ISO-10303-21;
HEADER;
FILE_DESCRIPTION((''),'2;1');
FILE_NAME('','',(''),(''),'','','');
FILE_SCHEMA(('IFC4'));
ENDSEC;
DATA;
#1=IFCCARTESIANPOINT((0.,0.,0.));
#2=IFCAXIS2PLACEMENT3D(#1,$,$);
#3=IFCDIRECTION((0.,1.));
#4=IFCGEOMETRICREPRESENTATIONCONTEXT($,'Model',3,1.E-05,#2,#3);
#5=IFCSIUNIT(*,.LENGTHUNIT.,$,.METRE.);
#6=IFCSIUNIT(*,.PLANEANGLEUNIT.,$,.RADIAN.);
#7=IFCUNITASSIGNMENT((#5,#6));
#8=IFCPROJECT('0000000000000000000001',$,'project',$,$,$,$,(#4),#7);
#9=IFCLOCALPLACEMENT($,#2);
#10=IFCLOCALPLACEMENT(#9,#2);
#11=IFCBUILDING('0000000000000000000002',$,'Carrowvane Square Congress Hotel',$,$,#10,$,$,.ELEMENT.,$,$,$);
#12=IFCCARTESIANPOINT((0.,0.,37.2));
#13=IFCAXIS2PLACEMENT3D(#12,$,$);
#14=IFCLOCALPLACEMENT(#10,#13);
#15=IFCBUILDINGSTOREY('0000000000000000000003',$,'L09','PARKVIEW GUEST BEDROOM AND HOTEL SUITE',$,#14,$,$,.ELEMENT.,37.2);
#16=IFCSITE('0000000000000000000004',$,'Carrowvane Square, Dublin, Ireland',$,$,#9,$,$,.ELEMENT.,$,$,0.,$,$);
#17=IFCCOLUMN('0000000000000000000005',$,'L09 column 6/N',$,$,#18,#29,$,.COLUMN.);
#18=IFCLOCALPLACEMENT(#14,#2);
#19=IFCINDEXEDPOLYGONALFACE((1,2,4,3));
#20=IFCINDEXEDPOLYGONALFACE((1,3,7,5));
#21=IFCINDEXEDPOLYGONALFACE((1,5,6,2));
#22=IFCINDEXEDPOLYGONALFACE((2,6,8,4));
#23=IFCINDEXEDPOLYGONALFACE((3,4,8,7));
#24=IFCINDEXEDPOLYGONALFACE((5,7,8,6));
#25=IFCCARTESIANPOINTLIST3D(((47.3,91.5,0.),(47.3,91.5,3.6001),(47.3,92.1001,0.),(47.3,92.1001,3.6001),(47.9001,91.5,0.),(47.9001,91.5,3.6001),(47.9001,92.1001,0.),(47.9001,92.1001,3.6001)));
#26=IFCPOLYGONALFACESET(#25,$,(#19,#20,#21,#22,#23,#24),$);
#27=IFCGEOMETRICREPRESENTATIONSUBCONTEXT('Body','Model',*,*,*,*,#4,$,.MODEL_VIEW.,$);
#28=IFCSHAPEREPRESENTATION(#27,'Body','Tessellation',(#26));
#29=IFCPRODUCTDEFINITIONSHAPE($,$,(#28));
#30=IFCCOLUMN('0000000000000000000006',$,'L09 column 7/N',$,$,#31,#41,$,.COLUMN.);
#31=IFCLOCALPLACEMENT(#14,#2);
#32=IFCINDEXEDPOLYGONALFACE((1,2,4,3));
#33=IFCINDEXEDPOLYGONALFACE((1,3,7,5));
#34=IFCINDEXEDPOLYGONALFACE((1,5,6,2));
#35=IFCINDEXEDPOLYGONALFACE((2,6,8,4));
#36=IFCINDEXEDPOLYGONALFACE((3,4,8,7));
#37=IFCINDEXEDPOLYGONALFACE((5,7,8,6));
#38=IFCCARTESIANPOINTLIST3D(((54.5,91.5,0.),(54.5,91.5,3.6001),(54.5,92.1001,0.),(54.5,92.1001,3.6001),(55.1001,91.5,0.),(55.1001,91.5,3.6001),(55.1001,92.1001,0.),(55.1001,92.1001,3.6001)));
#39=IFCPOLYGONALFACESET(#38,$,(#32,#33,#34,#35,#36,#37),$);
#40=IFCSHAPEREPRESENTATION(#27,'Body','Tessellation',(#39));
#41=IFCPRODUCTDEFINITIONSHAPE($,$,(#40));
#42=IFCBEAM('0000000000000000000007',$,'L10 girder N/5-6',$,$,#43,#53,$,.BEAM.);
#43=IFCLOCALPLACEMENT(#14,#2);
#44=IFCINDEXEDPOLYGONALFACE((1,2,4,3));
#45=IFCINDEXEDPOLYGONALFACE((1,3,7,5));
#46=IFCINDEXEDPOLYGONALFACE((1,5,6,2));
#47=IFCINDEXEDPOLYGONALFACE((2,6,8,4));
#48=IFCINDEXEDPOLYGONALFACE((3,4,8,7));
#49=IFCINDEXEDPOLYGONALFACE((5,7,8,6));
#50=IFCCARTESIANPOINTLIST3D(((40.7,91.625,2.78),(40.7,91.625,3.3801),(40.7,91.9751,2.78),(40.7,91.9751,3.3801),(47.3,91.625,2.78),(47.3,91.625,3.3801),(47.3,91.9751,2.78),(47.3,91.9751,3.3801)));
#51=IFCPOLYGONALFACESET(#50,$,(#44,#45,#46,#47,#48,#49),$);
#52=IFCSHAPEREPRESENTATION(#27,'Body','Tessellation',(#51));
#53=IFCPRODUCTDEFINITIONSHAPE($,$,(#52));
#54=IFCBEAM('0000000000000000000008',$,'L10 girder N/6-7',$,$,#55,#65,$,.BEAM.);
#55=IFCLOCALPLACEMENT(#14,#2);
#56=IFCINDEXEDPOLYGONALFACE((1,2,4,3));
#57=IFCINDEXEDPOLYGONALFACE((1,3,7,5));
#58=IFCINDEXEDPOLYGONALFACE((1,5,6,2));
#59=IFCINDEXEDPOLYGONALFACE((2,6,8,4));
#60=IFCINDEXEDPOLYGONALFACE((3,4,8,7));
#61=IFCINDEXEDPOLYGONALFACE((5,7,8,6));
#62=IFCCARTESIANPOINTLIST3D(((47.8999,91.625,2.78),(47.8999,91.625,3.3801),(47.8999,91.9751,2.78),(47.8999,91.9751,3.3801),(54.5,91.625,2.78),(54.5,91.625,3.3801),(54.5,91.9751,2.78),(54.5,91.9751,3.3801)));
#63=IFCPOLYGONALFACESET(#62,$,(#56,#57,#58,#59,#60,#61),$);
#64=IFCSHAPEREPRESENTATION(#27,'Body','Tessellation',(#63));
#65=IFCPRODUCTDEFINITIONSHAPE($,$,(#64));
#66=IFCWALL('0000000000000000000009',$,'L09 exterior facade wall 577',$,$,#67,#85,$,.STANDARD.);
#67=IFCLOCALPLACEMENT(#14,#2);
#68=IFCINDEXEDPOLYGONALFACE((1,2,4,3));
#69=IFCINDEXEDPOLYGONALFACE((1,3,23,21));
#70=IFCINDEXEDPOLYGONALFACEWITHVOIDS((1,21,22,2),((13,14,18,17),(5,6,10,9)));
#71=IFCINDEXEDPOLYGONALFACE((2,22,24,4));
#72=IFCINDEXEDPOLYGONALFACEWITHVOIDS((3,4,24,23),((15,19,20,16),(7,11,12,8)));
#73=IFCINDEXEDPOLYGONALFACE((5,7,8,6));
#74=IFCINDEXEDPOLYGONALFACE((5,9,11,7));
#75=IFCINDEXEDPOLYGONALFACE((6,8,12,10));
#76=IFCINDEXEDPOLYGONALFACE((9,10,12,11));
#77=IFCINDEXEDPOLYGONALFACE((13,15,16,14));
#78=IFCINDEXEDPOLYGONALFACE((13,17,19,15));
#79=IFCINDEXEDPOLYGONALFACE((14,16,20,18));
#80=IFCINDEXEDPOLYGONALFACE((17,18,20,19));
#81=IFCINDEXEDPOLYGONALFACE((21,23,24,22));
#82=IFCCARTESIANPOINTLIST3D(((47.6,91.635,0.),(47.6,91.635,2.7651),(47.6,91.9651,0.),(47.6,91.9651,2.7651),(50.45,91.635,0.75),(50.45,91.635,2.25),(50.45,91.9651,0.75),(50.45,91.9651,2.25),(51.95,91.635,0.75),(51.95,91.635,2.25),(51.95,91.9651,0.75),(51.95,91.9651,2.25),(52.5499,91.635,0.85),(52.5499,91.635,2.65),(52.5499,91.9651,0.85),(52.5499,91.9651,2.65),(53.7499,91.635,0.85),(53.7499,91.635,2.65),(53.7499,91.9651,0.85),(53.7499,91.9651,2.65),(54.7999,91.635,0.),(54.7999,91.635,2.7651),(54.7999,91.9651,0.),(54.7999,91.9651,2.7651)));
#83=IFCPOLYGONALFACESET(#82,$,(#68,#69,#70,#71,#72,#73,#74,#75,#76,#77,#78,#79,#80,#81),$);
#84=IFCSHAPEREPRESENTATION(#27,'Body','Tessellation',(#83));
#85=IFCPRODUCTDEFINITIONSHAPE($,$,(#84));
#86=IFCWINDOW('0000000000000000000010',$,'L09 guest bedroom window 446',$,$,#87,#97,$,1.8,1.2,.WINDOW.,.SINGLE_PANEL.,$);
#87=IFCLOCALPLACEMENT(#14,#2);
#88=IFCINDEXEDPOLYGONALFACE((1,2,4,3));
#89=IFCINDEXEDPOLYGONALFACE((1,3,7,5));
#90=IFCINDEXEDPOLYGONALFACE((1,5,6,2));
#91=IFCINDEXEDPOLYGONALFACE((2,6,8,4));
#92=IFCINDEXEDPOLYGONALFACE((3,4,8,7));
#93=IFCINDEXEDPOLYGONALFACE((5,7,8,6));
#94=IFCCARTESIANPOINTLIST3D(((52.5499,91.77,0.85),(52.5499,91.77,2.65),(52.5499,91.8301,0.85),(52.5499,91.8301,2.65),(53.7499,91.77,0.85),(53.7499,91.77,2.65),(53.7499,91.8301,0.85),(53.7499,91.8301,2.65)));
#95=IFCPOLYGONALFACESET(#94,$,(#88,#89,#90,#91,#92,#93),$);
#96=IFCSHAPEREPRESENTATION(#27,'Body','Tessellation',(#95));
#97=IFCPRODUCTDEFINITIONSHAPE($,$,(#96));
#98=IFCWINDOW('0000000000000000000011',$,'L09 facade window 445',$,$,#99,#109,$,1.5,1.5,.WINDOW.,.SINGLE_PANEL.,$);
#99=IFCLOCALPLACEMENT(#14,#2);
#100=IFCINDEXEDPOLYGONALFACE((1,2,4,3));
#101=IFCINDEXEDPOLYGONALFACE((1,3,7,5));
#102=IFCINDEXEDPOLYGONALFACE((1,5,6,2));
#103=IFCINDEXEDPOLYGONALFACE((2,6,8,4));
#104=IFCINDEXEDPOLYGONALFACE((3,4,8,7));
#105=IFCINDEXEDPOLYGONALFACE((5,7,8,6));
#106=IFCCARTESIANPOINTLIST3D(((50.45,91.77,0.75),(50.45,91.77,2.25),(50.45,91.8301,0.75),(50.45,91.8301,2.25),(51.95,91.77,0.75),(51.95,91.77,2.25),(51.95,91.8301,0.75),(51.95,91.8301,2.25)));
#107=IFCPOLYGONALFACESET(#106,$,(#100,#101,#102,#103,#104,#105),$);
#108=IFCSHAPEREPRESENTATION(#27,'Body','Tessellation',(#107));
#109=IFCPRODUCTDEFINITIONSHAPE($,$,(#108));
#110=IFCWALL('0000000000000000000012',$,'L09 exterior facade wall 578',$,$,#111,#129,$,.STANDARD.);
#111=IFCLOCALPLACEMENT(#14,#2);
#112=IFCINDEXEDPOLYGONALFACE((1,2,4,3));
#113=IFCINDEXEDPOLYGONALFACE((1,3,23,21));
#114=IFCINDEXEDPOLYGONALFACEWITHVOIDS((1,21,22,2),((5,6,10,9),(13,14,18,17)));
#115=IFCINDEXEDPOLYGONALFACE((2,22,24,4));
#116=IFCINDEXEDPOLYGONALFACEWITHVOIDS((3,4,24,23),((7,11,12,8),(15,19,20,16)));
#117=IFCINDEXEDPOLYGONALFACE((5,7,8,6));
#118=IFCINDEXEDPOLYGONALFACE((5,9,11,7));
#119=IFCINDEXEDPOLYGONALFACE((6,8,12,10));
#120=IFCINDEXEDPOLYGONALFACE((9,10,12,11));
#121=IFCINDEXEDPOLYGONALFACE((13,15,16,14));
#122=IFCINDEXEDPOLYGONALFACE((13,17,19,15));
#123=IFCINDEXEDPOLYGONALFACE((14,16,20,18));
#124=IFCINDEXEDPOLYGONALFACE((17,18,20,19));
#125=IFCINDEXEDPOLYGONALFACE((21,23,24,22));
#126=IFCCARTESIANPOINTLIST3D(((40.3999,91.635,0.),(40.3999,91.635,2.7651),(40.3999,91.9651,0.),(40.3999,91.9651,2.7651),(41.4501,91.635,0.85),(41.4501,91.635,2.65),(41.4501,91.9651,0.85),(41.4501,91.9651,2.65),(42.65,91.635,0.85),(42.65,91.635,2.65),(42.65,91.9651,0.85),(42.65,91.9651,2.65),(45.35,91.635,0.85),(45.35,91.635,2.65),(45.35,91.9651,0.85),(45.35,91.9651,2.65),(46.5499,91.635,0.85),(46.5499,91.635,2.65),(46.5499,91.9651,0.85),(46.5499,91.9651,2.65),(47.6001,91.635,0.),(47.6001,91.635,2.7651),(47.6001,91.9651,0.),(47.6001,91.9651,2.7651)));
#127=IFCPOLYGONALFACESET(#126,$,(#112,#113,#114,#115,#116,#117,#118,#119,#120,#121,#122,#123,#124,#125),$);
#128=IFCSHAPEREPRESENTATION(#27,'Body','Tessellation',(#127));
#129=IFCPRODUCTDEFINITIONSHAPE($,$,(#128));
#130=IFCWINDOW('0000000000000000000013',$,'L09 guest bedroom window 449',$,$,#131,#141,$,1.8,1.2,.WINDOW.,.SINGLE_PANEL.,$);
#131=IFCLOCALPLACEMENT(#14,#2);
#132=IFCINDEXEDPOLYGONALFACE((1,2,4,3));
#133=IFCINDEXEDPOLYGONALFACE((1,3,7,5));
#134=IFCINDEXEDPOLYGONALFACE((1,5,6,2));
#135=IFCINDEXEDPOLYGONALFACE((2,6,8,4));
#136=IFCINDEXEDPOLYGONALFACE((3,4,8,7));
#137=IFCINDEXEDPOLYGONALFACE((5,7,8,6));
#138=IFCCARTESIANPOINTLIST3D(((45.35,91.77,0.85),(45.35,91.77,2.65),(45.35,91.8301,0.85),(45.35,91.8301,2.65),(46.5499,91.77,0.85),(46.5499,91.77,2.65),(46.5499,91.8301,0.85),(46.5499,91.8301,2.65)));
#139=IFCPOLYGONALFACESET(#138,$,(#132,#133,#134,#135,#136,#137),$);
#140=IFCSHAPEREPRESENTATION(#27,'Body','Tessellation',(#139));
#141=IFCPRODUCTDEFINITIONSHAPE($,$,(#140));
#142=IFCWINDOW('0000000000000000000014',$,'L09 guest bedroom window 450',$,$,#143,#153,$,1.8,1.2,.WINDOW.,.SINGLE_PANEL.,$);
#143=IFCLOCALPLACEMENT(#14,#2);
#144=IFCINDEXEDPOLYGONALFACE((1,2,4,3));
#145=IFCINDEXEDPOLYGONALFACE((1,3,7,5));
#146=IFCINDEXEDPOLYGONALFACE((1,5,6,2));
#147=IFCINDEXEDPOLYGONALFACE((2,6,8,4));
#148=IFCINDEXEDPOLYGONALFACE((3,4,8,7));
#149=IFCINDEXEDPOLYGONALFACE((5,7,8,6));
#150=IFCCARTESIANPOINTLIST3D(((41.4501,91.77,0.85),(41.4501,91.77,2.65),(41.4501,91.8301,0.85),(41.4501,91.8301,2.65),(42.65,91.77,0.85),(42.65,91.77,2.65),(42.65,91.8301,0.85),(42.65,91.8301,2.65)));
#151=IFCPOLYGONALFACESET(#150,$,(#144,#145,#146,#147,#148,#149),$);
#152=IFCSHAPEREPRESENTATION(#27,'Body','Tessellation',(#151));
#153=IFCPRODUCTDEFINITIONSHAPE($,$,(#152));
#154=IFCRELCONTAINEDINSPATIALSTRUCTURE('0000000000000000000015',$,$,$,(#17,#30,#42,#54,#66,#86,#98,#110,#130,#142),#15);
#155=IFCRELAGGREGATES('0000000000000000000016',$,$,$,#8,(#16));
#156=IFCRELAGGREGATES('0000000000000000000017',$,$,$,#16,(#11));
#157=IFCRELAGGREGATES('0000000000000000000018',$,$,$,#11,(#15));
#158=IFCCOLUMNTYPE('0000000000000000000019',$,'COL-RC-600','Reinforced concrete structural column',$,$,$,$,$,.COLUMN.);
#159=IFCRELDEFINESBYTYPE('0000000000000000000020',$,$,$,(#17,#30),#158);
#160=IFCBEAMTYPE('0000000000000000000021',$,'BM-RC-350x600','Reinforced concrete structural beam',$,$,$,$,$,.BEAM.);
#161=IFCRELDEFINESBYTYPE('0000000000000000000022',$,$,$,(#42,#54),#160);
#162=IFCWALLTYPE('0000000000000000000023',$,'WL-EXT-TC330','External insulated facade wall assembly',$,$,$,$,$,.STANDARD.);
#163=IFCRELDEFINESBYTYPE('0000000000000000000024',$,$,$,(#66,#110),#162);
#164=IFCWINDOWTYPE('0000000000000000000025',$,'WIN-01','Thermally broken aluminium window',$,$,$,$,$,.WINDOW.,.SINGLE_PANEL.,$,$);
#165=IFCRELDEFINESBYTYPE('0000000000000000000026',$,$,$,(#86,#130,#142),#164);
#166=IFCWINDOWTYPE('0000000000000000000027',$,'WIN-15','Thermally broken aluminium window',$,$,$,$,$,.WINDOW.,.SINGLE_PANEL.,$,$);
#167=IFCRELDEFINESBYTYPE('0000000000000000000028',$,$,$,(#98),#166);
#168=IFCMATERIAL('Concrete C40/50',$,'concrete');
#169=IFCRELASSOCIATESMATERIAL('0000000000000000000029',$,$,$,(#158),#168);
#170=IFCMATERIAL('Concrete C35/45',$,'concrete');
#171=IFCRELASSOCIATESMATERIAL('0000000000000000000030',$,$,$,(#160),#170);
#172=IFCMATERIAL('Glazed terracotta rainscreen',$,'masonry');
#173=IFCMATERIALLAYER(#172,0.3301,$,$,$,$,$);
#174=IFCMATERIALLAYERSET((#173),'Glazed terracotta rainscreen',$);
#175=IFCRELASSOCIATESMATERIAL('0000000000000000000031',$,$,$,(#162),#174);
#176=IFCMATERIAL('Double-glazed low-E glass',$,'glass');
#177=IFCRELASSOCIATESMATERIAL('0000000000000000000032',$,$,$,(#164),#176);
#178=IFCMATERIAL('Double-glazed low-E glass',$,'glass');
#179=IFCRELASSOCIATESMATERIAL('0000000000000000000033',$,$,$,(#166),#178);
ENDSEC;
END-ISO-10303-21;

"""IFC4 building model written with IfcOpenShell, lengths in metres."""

from ifc_helpers import new_model, si_unit, direction, frame, frame_2d, origin, origin_2d, place, context, subcontext, project, spatial, rectangle, extrude, material, layer, layer_set, material_profile, profile_set, type_object, element, fill, save


model = new_model("IFC4")

# Units and contexts
model_context = context("Model", 3, precision=1e-05, world=origin(), true_north=direction((0.0, 1.0)))
body_context = subcontext(model_context, "Body", "Model", "MODEL_VIEW")
ifc_project = project(units=[si_unit("LENGTHUNIT", "METRE"), si_unit("PLANEANGLEUNIT", "RADIAN")], contexts=[model_context])

# Site, building, storey
site_placement = place(None, origin())
site = spatial("IfcSite", under=ifc_project, at=site_placement, Name="Carrowvane Square, Dublin, Ireland", CompositionType="ELEMENT", RefElevation=0.0)
building_placement = place(site_placement, origin())
building = spatial("IfcBuilding", under=site, at=building_placement, Name="Carrowvane Square Congress Hotel", CompositionType="ELEMENT")
storey_placement = place(building_placement, frame((0.0, 0.0, 37.2)))
storey = spatial("IfcBuildingStorey", under=building, at=storey_placement, Name="L09", Description="PARKVIEW GUEST BEDROOM AND HOTEL SUITE", CompositionType="ELEMENT", Elevation=37.2)

# Columns
ifc_material_1 = material(Name="Concrete C40/50", Category="concrete")
ifc_material_profile_1 = material_profile(ifc_material_1, rectangle(XDim=0.6001, YDim=0.6001, at=origin_2d()), Name="RC 600x600")
ifc_profile_set_1 = profile_set([ifc_material_profile_1], Name="Concrete C40/50")
column_type = type_object("IfcColumnType", Name="COL-RC-600", Description="Reinforced concrete structural column", PredefinedType="COLUMN", material=ifc_profile_set_1)
for number, where, z_axis, x_axis, name in (
    (1, (47.6001, 91.8, 0.0), (0.0, 0.0, 1.0), (1.0, 0.0, 0.0), "L09 column 6/N"),
    (2, (54.8, 91.8, 0.0), (0.0, 0.0, 1.0), (1.0, 0.0, 0.0), "L09 column 7/N"),
):
    element("IfcColumn", number, at=place(storey_placement, frame(where, z_axis=z_axis, x_axis=x_axis)), inside=storey, type_object=column_type, Name=name, PredefinedType="COLUMN", context=body_context, shape_type="SweptSolid", body=[
        extrude(rectangle(XDim=0.6001, YDim=0.6001, at=origin_2d()), origin(), (0.0, 0.0, 1.0), 3.6001),
    ])

# Beams
ifc_material_2 = material(Name="Concrete C35/45", Category="concrete")
ifc_material_profile_2 = material_profile(ifc_material_2, rectangle(XDim=0.3501, YDim=0.6001, at=origin_2d()), Name="RC 350x600")
ifc_profile_set_2 = profile_set([ifc_material_profile_2], Name="Concrete C35/45")
beam_type = type_object("IfcBeamType", Name="BM-RC-350x600", Description="Reinforced concrete structural beam", PredefinedType="BEAM", material=ifc_profile_set_2)
for number, where, z_axis, x_axis, name in (
    (3, (40.7, 91.8, 3.0801), (1.0, 0.0, 0.0), (0.0, 1.0, 0.0), "L10 girder N/5-6"),
    (4, (47.8999, 91.8, 3.0801), (1.0, 0.0, 0.0), (0.0, 1.0, 0.0), "L10 girder N/6-7"),
):
    element("IfcBeam", number, at=place(storey_placement, frame(where, z_axis=z_axis, x_axis=x_axis)), inside=storey, type_object=beam_type, Name=name, PredefinedType="BEAM", context=body_context, shape_type="SweptSolid", body=[
        extrude(rectangle(XDim=0.3501, YDim=0.6001, at=origin_2d()), origin(), (0.0, 0.0, 1.0), 6.6001),
    ])

# Walls, openings, windows
ifc_material_3 = material(Name="Glazed terracotta rainscreen", Category="masonry")
ifc_layer = layer(ifc_material_3, 0.3301)
ifc_layer_set = layer_set([ifc_layer], Name="Glazed terracotta rainscreen")
wall_type = type_object("IfcWallType", Name="WL-EXT-TC330", Description="External insulated facade wall assembly", PredefinedType="STANDARD", material=ifc_layer_set)
wall_1_placement = place(storey_placement, frame((54.8, 91.8, 0.0), z_axis=(0.0, 0.0, 1.0), x_axis=(-1.0, 0.0, 0.0)))
wall_1 = element("IfcWall", 5, at=wall_1_placement, inside=storey, type_object=wall_type, Name="L09 exterior facade wall 577", PredefinedType="STANDARD", context=body_context, shape_type="SweptSolid", body=[
    extrude(rectangle(XDim=7.2, YDim=0.3301, at=frame_2d((3.6001, 0.0))), origin(), (0.0, 0.0, 1.0), 2.7651),
])
opening_1_placement = place(wall_1_placement, frame((2.8501, 0.0, 0.75)))
opening_1 = element("IfcOpeningElement", 6, at=opening_1_placement, cuts=wall_1, PredefinedType="OPENING", context=body_context, shape_type="SweptSolid", body=[
    extrude(rectangle(XDim=1.5, YDim=1.5, at=frame_2d((0.75, 0.75))), frame((0.0, 0.175, 0.0), z_axis=(0.0, -1.0, 0.0), x_axis=(1.0, 0.0, 0.0)), (0.0, 0.0, 1.0), 0.3501),
])
opening_2_placement = place(wall_1_placement, frame((1.05, 0.0, 0.8501)))
opening_2 = element("IfcOpeningElement", 7, at=opening_2_placement, cuts=wall_1, PredefinedType="OPENING", context=body_context, shape_type="SweptSolid", body=[
    extrude(rectangle(XDim=1.2, YDim=1.8, at=frame_2d((0.6001, 0.8999))), frame((0.0, 0.175, 0.0), z_axis=(0.0, -1.0, 0.0), x_axis=(1.0, 0.0, 0.0)), (0.0, 0.0, 1.0), 0.3501),
])
ifc_material_4 = material(Name="Double-glazed low-E glass", Category="glass")
window_type_1 = type_object("IfcWindowType", Name="WIN-01", Description="Thermally broken aluminium window", PartitioningType="SINGLE_PANEL", PredefinedType="WINDOW", material=ifc_material_4)
window_1_placement = place(opening_2_placement, origin())
window_1 = element("IfcWindow", 8, at=window_1_placement, inside=storey, type_object=window_type_1, Name="L09 guest bedroom window 446", OverallHeight=1.8, OverallWidth=1.2, PartitioningType="SINGLE_PANEL", PredefinedType="WINDOW", context=body_context, shape_type="SweptSolid", body=[
    extrude(rectangle(XDim=1.2, YDim=1.8, at=frame_2d((0.6001, 0.8999))), frame((0.0, 0.03, 0.0), z_axis=(0.0, -1.0, 0.0), x_axis=(1.0, 0.0, 0.0)), (0.0, 0.0, 1.0), 0.0601),
])
fill(opening_2, window_1)
ifc_material_5 = material(Name="Double-glazed low-E glass", Category="glass")
window_type_2 = type_object("IfcWindowType", Name="WIN-15", Description="Thermally broken aluminium window", PartitioningType="SINGLE_PANEL", PredefinedType="WINDOW", material=ifc_material_5)
window_2_placement = place(opening_1_placement, origin())
window_2 = element("IfcWindow", 9, at=window_2_placement, inside=storey, type_object=window_type_2, Name="L09 facade window 445", OverallHeight=1.5, OverallWidth=1.5, PartitioningType="SINGLE_PANEL", PredefinedType="WINDOW", context=body_context, shape_type="SweptSolid", body=[
    extrude(rectangle(XDim=1.5, YDim=1.5, at=frame_2d((0.75, 0.75))), frame((0.0, 0.03, 0.0), z_axis=(0.0, -1.0, 0.0), x_axis=(1.0, 0.0, 0.0)), (0.0, 0.0, 1.0), 0.0601),
])
fill(opening_1, window_2)
wall_2_placement = place(storey_placement, frame((47.6001, 91.8, 0.0), z_axis=(0.0, 0.0, 1.0), x_axis=(-1.0, 0.0, 0.0)))
wall_2 = element("IfcWall", 10, at=wall_2_placement, inside=storey, type_object=wall_type, Name="L09 exterior facade wall 578", PredefinedType="STANDARD", context=body_context, shape_type="SweptSolid", body=[
    extrude(rectangle(XDim=7.2002, YDim=0.3301, at=frame_2d((3.6001, 0.0))), origin(), (0.0, 0.0, 1.0), 2.7651),
])
opening_3_placement = place(wall_2_placement, frame((1.05, 0.0, 0.8501)))
opening_3 = element("IfcOpeningElement", 11, at=opening_3_placement, cuts=wall_2, PredefinedType="OPENING", context=body_context, shape_type="SweptSolid", body=[
    extrude(rectangle(XDim=1.2, YDim=1.8, at=frame_2d((0.6001, 0.8999))), frame((0.0, 0.175, 0.0), z_axis=(0.0, -1.0, 0.0), x_axis=(1.0, 0.0, 0.0)), (0.0, 0.0, 1.0), 0.3501),
])
opening_4_placement = place(wall_2_placement, frame((4.95, 0.0, 0.8501)))
opening_4 = element("IfcOpeningElement", 12, at=opening_4_placement, cuts=wall_2, PredefinedType="OPENING", context=body_context, shape_type="SweptSolid", body=[
    extrude(rectangle(XDim=1.2, YDim=1.8, at=frame_2d((0.6001, 0.8999))), frame((0.0, 0.175, 0.0), z_axis=(0.0, -1.0, 0.0), x_axis=(1.0, 0.0, 0.0)), (0.0, 0.0, 1.0), 0.3501),
])
window_3_placement = place(opening_3_placement, origin())
window_3 = element("IfcWindow", 13, at=window_3_placement, inside=storey, type_object=window_type_1, Name="L09 guest bedroom window 449", OverallHeight=1.8, OverallWidth=1.2, PartitioningType="SINGLE_PANEL", PredefinedType="WINDOW", context=body_context, shape_type="SweptSolid", body=[
    extrude(rectangle(XDim=1.2, YDim=1.8, at=frame_2d((0.6001, 0.8999))), frame((0.0, 0.03, 0.0), z_axis=(0.0, -1.0, 0.0), x_axis=(1.0, 0.0, 0.0)), (0.0, 0.0, 1.0), 0.0601),
])
fill(opening_3, window_3)
window_4_placement = place(opening_4_placement, origin())
window_4 = element("IfcWindow", 14, at=window_4_placement, inside=storey, type_object=window_type_1, Name="L09 guest bedroom window 450", OverallHeight=1.8, OverallWidth=1.2, PartitioningType="SINGLE_PANEL", PredefinedType="WINDOW", context=body_context, shape_type="SweptSolid", body=[
    extrude(rectangle(XDim=1.2, YDim=1.8, at=frame_2d((0.6001, 0.8999))), frame((0.0, 0.03, 0.0), z_axis=(0.0, -1.0, 0.0), x_axis=(1.0, 0.0, 0.0)), (0.0, 0.0, 1.0), 0.0601),
])
fill(opening_4, window_4)

save(model, "model.ifc")
